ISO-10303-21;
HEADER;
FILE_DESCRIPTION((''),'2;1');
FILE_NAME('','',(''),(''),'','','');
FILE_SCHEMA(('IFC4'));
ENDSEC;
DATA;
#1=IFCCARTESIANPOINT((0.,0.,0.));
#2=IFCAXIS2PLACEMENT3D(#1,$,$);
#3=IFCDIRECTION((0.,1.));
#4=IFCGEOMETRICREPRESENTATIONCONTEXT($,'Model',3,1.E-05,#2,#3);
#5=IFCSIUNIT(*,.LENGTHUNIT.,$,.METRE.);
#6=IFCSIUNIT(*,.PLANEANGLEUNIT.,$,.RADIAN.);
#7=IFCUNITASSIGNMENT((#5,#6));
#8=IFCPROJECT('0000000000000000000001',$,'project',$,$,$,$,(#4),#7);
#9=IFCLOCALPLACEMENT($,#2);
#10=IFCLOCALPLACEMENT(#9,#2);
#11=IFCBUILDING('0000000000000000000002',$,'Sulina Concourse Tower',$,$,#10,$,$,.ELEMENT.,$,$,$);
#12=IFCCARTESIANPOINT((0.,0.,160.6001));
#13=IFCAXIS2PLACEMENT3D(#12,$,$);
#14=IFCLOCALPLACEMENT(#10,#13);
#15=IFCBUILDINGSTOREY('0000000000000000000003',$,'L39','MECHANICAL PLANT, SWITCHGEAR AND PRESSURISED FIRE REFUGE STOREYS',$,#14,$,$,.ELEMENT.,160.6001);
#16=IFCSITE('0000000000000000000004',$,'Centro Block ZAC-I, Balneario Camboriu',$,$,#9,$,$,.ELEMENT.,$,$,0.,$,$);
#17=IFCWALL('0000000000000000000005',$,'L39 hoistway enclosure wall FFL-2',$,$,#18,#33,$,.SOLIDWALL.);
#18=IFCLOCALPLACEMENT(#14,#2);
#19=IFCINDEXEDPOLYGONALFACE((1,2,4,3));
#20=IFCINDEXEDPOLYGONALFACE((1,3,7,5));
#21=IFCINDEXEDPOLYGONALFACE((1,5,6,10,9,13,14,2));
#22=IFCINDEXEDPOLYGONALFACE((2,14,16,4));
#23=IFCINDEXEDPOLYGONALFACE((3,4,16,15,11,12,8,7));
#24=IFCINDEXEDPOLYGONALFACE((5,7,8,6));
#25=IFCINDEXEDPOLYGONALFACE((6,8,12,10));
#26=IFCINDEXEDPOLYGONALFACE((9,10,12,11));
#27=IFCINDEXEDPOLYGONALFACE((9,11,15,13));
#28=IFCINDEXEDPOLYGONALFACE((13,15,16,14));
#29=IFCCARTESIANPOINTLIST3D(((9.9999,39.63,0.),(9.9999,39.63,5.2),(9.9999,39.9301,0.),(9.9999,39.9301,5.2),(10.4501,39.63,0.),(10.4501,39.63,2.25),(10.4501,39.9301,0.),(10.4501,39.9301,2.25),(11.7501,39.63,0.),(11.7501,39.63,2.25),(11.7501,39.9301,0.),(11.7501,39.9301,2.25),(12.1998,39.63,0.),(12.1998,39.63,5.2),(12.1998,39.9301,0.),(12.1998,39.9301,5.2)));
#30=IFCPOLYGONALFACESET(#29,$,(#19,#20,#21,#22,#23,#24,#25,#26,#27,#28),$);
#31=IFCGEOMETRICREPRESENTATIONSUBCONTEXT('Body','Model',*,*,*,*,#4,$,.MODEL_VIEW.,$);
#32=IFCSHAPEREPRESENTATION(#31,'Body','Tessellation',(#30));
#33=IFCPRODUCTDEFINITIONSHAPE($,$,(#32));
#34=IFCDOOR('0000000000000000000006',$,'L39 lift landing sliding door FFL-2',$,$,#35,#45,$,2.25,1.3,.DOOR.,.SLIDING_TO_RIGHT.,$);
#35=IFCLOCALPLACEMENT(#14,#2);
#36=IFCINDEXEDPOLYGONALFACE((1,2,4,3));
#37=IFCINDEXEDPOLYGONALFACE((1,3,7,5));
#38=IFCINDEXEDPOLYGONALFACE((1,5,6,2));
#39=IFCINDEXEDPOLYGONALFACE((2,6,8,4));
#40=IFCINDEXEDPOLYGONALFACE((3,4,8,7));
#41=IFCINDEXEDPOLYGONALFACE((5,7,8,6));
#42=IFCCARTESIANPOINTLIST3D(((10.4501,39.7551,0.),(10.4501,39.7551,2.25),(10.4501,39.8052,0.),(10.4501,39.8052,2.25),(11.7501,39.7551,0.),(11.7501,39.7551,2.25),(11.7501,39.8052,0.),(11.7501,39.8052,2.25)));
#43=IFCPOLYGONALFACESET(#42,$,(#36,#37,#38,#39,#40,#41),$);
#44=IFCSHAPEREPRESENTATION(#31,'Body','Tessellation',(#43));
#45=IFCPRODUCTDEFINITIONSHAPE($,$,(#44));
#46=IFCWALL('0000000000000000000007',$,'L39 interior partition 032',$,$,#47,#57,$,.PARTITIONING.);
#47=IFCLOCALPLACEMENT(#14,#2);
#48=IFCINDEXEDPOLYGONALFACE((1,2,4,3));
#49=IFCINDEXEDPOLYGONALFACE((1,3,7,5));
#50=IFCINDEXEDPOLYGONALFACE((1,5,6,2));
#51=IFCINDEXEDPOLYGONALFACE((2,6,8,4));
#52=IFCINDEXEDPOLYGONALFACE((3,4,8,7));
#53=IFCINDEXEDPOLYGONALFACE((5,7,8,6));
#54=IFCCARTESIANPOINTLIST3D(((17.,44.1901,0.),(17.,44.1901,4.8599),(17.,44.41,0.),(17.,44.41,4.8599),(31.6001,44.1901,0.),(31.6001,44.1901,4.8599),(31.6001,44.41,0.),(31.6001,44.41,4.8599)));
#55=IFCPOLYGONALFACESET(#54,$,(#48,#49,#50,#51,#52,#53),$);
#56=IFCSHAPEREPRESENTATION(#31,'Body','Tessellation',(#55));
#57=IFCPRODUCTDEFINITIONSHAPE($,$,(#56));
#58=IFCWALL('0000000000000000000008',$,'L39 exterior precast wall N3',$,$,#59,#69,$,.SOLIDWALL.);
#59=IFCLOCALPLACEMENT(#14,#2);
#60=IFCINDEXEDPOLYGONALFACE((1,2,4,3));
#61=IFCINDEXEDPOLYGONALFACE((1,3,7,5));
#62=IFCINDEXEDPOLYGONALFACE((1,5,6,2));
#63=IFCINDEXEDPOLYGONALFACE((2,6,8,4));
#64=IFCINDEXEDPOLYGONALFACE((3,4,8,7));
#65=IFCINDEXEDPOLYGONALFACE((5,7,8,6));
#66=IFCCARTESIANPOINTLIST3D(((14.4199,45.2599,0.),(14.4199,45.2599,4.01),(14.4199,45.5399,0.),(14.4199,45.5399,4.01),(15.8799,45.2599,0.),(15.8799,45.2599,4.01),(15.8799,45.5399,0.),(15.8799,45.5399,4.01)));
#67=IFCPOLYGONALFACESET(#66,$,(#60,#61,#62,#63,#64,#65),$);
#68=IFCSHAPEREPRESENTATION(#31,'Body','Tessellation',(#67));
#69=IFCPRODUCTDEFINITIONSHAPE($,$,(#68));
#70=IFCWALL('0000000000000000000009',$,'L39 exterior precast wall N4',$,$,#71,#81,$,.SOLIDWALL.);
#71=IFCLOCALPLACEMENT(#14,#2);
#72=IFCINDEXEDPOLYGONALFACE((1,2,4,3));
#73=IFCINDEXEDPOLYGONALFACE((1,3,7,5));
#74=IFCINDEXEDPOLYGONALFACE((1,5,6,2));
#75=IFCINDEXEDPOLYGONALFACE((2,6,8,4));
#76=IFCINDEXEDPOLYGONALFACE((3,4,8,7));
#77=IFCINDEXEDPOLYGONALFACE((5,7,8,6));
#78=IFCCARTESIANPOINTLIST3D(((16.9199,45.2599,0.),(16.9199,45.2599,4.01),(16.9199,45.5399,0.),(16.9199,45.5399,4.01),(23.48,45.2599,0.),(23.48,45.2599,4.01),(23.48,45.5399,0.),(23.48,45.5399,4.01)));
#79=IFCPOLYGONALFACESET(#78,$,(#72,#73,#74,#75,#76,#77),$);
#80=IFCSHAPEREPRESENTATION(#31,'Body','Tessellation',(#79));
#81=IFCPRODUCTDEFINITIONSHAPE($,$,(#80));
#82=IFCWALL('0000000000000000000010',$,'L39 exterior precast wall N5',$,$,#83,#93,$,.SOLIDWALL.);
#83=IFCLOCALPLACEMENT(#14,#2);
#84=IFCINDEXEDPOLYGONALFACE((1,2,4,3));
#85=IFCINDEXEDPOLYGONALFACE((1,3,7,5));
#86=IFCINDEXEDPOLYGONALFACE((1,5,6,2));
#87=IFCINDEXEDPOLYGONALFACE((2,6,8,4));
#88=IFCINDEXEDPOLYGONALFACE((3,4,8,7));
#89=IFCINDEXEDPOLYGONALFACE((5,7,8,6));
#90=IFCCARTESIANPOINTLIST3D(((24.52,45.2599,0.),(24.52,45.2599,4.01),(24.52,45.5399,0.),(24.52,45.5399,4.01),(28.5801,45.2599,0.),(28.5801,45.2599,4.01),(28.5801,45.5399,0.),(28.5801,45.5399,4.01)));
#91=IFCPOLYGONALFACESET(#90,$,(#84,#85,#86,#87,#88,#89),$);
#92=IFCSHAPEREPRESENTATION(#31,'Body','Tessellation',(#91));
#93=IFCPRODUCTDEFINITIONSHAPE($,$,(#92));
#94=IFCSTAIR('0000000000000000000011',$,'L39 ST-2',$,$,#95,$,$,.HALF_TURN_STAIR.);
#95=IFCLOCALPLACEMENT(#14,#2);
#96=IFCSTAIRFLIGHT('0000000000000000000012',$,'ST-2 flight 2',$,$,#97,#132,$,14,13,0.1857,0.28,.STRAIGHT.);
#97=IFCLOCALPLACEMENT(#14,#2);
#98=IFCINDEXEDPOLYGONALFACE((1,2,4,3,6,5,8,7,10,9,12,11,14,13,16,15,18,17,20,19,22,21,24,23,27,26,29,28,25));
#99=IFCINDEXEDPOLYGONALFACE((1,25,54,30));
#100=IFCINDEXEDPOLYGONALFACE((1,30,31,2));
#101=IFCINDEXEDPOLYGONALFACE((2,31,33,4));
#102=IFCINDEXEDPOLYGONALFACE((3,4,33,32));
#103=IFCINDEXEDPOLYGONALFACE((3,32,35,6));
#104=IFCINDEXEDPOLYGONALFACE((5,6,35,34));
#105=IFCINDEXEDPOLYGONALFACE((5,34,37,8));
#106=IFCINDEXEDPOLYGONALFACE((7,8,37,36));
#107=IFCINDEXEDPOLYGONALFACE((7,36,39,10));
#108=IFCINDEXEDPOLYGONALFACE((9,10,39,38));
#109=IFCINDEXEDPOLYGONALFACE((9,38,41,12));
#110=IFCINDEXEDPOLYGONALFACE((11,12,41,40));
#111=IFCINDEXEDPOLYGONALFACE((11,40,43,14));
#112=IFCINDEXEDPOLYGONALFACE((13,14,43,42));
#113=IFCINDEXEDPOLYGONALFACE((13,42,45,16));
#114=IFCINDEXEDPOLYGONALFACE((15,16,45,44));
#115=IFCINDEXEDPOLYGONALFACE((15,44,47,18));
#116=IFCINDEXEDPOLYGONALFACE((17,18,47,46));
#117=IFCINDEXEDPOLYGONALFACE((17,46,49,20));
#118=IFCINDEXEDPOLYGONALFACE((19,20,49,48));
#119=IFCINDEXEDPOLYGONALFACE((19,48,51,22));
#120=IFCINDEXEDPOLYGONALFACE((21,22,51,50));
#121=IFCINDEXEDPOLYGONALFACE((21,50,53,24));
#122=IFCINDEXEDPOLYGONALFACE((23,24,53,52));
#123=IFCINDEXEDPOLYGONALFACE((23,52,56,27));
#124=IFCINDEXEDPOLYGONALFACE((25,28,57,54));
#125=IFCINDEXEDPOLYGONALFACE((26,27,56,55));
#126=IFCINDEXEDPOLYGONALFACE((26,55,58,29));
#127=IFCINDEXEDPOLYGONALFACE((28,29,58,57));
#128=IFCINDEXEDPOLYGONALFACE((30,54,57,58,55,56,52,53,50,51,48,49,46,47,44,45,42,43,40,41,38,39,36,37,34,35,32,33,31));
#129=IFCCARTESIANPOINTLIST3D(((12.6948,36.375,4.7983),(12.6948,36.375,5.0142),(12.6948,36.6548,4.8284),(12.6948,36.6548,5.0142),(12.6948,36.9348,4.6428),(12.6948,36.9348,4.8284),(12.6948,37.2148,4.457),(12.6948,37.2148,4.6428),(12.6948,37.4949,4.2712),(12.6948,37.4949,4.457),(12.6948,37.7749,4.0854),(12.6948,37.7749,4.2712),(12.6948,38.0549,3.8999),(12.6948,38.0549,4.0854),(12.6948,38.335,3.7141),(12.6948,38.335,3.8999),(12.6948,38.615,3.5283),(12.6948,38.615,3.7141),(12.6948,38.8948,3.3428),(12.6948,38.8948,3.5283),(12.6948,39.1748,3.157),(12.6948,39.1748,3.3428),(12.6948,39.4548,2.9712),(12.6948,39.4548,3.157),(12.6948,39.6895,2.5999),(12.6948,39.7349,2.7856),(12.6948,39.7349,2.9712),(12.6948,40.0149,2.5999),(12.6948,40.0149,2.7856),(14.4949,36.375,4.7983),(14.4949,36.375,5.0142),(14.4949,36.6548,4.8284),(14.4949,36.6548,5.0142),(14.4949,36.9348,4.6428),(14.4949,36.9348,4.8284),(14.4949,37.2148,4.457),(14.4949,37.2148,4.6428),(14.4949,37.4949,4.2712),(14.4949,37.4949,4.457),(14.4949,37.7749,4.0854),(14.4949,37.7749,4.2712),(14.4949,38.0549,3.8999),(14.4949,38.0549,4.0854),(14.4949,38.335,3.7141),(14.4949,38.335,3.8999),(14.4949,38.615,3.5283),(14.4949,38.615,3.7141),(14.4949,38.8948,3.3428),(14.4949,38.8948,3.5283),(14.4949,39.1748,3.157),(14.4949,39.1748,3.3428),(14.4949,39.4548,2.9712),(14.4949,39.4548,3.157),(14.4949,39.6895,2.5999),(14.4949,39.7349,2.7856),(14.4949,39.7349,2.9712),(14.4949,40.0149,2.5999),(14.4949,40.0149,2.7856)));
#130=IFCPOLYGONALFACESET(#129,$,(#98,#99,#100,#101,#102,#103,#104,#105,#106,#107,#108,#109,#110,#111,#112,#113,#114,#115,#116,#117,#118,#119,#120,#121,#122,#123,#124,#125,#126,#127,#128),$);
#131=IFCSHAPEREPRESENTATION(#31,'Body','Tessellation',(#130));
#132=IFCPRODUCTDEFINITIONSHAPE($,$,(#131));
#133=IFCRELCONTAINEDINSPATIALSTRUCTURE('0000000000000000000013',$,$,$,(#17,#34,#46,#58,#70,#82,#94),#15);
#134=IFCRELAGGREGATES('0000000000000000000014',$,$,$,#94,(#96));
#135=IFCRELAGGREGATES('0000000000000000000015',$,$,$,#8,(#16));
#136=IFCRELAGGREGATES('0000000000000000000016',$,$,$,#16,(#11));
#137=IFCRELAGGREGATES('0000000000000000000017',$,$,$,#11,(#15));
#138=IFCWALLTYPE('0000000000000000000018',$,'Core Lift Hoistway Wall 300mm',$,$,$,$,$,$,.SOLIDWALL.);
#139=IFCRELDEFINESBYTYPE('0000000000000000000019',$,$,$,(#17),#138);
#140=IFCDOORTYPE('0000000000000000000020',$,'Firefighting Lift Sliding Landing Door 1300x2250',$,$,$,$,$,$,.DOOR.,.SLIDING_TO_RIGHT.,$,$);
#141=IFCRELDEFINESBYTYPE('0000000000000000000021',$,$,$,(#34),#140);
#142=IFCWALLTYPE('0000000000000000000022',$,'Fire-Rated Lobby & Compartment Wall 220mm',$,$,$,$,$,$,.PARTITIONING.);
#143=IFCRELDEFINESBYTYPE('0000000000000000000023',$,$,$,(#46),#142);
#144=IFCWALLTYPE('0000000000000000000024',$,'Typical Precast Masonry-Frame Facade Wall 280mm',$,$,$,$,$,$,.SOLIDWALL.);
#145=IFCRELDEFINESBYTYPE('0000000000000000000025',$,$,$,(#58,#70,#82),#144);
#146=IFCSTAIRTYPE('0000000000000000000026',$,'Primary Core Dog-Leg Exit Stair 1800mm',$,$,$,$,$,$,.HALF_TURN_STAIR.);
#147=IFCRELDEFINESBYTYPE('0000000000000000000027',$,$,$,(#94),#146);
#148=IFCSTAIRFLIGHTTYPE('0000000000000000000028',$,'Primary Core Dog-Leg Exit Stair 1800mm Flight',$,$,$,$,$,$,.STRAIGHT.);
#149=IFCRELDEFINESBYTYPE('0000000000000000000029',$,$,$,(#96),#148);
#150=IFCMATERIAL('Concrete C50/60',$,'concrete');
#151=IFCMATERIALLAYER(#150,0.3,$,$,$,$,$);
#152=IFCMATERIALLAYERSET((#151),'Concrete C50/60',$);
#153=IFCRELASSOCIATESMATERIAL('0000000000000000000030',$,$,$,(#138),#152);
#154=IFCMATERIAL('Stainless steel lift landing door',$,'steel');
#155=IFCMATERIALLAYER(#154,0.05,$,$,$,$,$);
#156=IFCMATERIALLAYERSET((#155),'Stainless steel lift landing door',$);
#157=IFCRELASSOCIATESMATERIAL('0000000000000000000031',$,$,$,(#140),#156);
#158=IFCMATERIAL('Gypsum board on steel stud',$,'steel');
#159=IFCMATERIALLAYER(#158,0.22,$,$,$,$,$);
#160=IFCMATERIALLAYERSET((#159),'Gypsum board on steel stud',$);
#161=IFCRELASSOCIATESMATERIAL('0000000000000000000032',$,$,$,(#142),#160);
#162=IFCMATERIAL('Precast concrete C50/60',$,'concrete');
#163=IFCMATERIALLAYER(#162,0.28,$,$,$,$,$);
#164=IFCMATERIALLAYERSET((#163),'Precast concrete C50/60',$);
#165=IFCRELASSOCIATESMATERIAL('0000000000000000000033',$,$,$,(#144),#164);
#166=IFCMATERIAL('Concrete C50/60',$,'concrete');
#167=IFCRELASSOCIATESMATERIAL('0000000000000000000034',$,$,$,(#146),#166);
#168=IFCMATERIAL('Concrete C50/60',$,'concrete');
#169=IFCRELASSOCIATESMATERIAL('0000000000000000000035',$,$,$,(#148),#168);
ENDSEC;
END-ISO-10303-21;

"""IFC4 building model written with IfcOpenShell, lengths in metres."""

from ifc_helpers import new_model, si_unit, direction, frame, frame_2d, origin, place, context, subcontext, project, spatial, polyline, rectangle, outline, extrude, material, layer, layer_set, type_object, element, fill, aggregate, save


model = new_model("IFC4")

# Units and contexts
model_context = context("Model", 3, precision=1e-05, world=origin(), true_north=direction((0.0, 1.0)))
body_context = subcontext(model_context, "Body", "Model", "MODEL_VIEW")
ifc_project = project(units=[si_unit("LENGTHUNIT", "METRE"), si_unit("PLANEANGLEUNIT", "RADIAN")], contexts=[model_context])

# Site, building, storey
site_placement = place(None, origin())
site = spatial("IfcSite", under=ifc_project, at=site_placement, Name="Centro Block ZAC-I, Balneario Camboriu", CompositionType="ELEMENT", RefElevation=0.0)
building_placement = place(site_placement, origin())
building = spatial("IfcBuilding", under=site, at=building_placement, Name="Sulina Concourse Tower", CompositionType="ELEMENT")
storey_placement = place(building_placement, frame((0.0, 0.0, 160.6001)))
storey = spatial("IfcBuildingStorey", under=building, at=storey_placement, Name="L39", Description="MECHANICAL PLANT, SWITCHGEAR AND PRESSURISED FIRE REFUGE STOREYS", CompositionType="ELEMENT", Elevation=160.6001)

# Wall, opening, door
ifc_material_1 = material(Name="Concrete C50/60", Category="concrete")
ifc_layer_1 = layer(ifc_material_1, 0.3)
ifc_layer_set_1 = layer_set([ifc_layer_1], Name="Concrete C50/60")
wall_type_1 = type_object("IfcWallType", Name="Core Lift Hoistway Wall 300mm", PredefinedType="SOLIDWALL", material=ifc_layer_set_1)
ifc_material_2 = material(Name="Stainless steel lift landing door", Category="steel")
ifc_layer_2 = layer(ifc_material_2, 0.05)
ifc_layer_set_2 = layer_set([ifc_layer_2], Name="Stainless steel lift landing door")
door_type = type_object("IfcDoorType", Name="Firefighting Lift Sliding Landing Door 1300x2250", OperationType="SLIDING_TO_RIGHT", PredefinedType="DOOR", material=ifc_layer_set_2)
wall_1_placement = place(storey_placement, frame((12.2, 39.78, 0.0), z_axis=(0.0, 0.0, 1.0), x_axis=(-1.0, 0.0, 0.0)))
wall_1 = element("IfcWall", 1, at=wall_1_placement, inside=storey, type_object=wall_type_1, Name="L39 hoistway enclosure wall FFL-2", PredefinedType="SOLIDWALL", context=body_context, shape_type="SweptSolid", body=[
    extrude(rectangle(XDim=2.2, YDim=0.3, at=frame_2d((1.1001, 0.0))), origin(), (0.0, 0.0, 1.0), 5.2),
])
opening_1_placement = place(wall_1_placement, frame((0.45, 0.0, 0.0)))
opening_1 = element("IfcOpeningElement", 2, at=opening_1_placement, cuts=wall_1, PredefinedType="OPENING", context=body_context, shape_type="SweptSolid", body=[
    extrude(rectangle(XDim=1.3, YDim=2.25, at=frame_2d((0.6499, 1.125))), frame((0.0, 0.1599, 0.0), z_axis=(0.0, -1.0, 0.0), x_axis=(1.0, 0.0, 0.0)), (0.0, 0.0, 1.0), 0.3201),
])
door_1_placement = place(opening_1_placement, origin())
door_1 = element("IfcDoor", 3, at=door_1_placement, inside=storey, type_object=door_type, Name="L39 lift landing sliding door FFL-2", OperationType="SLIDING_TO_RIGHT", OverallHeight=2.25, OverallWidth=1.3, PredefinedType="DOOR", context=body_context, shape_type="SweptSolid", body=[
    extrude(rectangle(XDim=1.3, YDim=2.25, at=frame_2d((0.6499, 1.125))), frame((0.0, 0.0249, 0.0), z_axis=(0.0, -1.0, 0.0), x_axis=(1.0, 0.0, 0.0)), (0.0, 0.0, 1.0), 0.05),
])
fill(opening_1, door_1)

# Walls
ifc_material_3 = material(Name="Gypsum board on steel stud", Category="steel")
ifc_layer_3 = layer(ifc_material_3, 0.22)
ifc_layer_set_3 = layer_set([ifc_layer_3], Name="Gypsum board on steel stud")
wall_type_2 = type_object("IfcWallType", Name="Fire-Rated Lobby & Compartment Wall 220mm", PredefinedType="PARTITIONING", material=ifc_layer_set_3)
wall_2_placement = place(storey_placement, frame((17.0, 44.3, 0.0), z_axis=(0.0, 0.0, 1.0), x_axis=(1.0, 0.0, 0.0)))
element("IfcWall", 4, at=wall_2_placement, inside=storey, type_object=wall_type_2, Name="L39 interior partition 032", PredefinedType="PARTITIONING", context=body_context, shape_type="SweptSolid", body=[
    extrude(rectangle(XDim=14.6001, YDim=0.22, at=frame_2d((7.3, 0.0))), origin(), (0.0, 0.0, 1.0), 4.8599),
])
ifc_material_4 = material(Name="Precast concrete C50/60", Category="concrete")
ifc_layer_4 = layer(ifc_material_4, 0.28)
ifc_layer_set_4 = layer_set([ifc_layer_4], Name="Precast concrete C50/60")
wall_type_3 = type_object("IfcWallType", Name="Typical Precast Masonry-Frame Facade Wall 280mm", PredefinedType="SOLIDWALL", material=ifc_layer_set_4)
wall_3_placement = place(storey_placement, frame((14.4199, 45.3999, 0.0), z_axis=(0.0, 0.0, 1.0), x_axis=(1.0, 0.0, 0.0)))
element("IfcWall", 5, at=wall_3_placement, inside=storey, type_object=wall_type_3, Name="L39 exterior precast wall N3", PredefinedType="SOLIDWALL", context=body_context, shape_type="SweptSolid", body=[
    extrude(rectangle(XDim=1.46, YDim=0.28, at=frame_2d((0.73, 0.0))), origin(), (0.0, 0.0, 1.0), 4.01),
])
wall_4_placement = place(storey_placement, frame((16.9199, 45.3999, 0.0), z_axis=(0.0, 0.0, 1.0), x_axis=(1.0, 0.0, 0.0)))
element("IfcWall", 6, at=wall_4_placement, inside=storey, type_object=wall_type_3, Name="L39 exterior precast wall N4", PredefinedType="SOLIDWALL", context=body_context, shape_type="SweptSolid", body=[
    extrude(rectangle(XDim=6.5601, YDim=0.28, at=frame_2d((3.28, 0.0))), origin(), (0.0, 0.0, 1.0), 4.01),
])
wall_5_placement = place(storey_placement, frame((24.52, 45.3999, 0.0), z_axis=(0.0, 0.0, 1.0), x_axis=(1.0, 0.0, 0.0)))
element("IfcWall", 7, at=wall_5_placement, inside=storey, type_object=wall_type_3, Name="L39 exterior precast wall N5", PredefinedType="SOLIDWALL", context=body_context, shape_type="SweptSolid", body=[
    extrude(rectangle(XDim=4.0601, YDim=0.28, at=frame_2d((2.03, 0.0))), origin(), (0.0, 0.0, 1.0), 4.01),
])

# Stair, stair flight
ifc_material_5 = material(Name="Concrete C50/60", Category="concrete")
stair_type = type_object("IfcStairType", Name="Primary Core Dog-Leg Exit Stair 1800mm", PredefinedType="HALF_TURN_STAIR", material=ifc_material_5)
stair_placement = place(storey_placement, origin())
stair = element("IfcStair", 8, at=stair_placement, inside=storey, type_object=stair_type, Name="L39 ST-2", PredefinedType="HALF_TURN_STAIR")
ifc_material_6 = material(Name="Concrete C50/60", Category="concrete")
stair_flight_type = type_object("IfcStairFlightType", Name="Primary Core Dog-Leg Exit Stair 1800mm Flight", PredefinedType="STRAIGHT", material=ifc_material_6)
stair_flight_placement = place(storey_placement, frame((13.595, 40.0149, 2.5999), z_axis=(0.0, 0.0, 1.0), x_axis=(0.0, -1.0, 0.0)))
stair_flight = element("IfcStairFlight", 9, at=stair_flight_placement, type_object=stair_flight_type, Name="ST-2 flight 2", NumberOfRisers=14, NumberOfTreads=13, PredefinedType="STRAIGHT", RiserHeight=0.1857, TreadLength=0.28, context=body_context, shape_type="SweptSolid", body=[
    extrude(outline(polyline([(0.0, 0.0), (0.0, 0.1858), (0.28, 0.1858), (0.28, 0.3713), (0.5601, 0.3713), (0.5601, 0.5571), (0.8401, 0.5571), (0.8401, 0.7429), (1.1201, 0.7429), (1.1201, 0.9285), (1.3999, 0.9285), (1.3999, 1.1143), (1.6799, 1.1143), (1.6799, 1.3), (1.96, 1.3), (1.96, 1.4856), (2.24, 1.4856), (2.24, 1.6714), (2.52, 1.6714), (2.52, 1.8572), (2.8, 1.8572), (2.8, 2.043), (3.0801, 2.043), (3.0801, 2.2285), (3.3601, 2.2285), (3.3601, 2.4143), (3.6399, 2.4143), (3.6399, 2.6001), (3.6399, 2.1985), (0.3254, 0.0), (0.0, 0.0)])), frame((0.0, 0.8999, 0.0), z_axis=(0.0, -1.0, 0.0), x_axis=(1.0, 0.0, 0.0)), (0.0, 0.0, 1.0), 1.8),
])
aggregate(stair, [stair_flight])

save(model, "model.ifc")
